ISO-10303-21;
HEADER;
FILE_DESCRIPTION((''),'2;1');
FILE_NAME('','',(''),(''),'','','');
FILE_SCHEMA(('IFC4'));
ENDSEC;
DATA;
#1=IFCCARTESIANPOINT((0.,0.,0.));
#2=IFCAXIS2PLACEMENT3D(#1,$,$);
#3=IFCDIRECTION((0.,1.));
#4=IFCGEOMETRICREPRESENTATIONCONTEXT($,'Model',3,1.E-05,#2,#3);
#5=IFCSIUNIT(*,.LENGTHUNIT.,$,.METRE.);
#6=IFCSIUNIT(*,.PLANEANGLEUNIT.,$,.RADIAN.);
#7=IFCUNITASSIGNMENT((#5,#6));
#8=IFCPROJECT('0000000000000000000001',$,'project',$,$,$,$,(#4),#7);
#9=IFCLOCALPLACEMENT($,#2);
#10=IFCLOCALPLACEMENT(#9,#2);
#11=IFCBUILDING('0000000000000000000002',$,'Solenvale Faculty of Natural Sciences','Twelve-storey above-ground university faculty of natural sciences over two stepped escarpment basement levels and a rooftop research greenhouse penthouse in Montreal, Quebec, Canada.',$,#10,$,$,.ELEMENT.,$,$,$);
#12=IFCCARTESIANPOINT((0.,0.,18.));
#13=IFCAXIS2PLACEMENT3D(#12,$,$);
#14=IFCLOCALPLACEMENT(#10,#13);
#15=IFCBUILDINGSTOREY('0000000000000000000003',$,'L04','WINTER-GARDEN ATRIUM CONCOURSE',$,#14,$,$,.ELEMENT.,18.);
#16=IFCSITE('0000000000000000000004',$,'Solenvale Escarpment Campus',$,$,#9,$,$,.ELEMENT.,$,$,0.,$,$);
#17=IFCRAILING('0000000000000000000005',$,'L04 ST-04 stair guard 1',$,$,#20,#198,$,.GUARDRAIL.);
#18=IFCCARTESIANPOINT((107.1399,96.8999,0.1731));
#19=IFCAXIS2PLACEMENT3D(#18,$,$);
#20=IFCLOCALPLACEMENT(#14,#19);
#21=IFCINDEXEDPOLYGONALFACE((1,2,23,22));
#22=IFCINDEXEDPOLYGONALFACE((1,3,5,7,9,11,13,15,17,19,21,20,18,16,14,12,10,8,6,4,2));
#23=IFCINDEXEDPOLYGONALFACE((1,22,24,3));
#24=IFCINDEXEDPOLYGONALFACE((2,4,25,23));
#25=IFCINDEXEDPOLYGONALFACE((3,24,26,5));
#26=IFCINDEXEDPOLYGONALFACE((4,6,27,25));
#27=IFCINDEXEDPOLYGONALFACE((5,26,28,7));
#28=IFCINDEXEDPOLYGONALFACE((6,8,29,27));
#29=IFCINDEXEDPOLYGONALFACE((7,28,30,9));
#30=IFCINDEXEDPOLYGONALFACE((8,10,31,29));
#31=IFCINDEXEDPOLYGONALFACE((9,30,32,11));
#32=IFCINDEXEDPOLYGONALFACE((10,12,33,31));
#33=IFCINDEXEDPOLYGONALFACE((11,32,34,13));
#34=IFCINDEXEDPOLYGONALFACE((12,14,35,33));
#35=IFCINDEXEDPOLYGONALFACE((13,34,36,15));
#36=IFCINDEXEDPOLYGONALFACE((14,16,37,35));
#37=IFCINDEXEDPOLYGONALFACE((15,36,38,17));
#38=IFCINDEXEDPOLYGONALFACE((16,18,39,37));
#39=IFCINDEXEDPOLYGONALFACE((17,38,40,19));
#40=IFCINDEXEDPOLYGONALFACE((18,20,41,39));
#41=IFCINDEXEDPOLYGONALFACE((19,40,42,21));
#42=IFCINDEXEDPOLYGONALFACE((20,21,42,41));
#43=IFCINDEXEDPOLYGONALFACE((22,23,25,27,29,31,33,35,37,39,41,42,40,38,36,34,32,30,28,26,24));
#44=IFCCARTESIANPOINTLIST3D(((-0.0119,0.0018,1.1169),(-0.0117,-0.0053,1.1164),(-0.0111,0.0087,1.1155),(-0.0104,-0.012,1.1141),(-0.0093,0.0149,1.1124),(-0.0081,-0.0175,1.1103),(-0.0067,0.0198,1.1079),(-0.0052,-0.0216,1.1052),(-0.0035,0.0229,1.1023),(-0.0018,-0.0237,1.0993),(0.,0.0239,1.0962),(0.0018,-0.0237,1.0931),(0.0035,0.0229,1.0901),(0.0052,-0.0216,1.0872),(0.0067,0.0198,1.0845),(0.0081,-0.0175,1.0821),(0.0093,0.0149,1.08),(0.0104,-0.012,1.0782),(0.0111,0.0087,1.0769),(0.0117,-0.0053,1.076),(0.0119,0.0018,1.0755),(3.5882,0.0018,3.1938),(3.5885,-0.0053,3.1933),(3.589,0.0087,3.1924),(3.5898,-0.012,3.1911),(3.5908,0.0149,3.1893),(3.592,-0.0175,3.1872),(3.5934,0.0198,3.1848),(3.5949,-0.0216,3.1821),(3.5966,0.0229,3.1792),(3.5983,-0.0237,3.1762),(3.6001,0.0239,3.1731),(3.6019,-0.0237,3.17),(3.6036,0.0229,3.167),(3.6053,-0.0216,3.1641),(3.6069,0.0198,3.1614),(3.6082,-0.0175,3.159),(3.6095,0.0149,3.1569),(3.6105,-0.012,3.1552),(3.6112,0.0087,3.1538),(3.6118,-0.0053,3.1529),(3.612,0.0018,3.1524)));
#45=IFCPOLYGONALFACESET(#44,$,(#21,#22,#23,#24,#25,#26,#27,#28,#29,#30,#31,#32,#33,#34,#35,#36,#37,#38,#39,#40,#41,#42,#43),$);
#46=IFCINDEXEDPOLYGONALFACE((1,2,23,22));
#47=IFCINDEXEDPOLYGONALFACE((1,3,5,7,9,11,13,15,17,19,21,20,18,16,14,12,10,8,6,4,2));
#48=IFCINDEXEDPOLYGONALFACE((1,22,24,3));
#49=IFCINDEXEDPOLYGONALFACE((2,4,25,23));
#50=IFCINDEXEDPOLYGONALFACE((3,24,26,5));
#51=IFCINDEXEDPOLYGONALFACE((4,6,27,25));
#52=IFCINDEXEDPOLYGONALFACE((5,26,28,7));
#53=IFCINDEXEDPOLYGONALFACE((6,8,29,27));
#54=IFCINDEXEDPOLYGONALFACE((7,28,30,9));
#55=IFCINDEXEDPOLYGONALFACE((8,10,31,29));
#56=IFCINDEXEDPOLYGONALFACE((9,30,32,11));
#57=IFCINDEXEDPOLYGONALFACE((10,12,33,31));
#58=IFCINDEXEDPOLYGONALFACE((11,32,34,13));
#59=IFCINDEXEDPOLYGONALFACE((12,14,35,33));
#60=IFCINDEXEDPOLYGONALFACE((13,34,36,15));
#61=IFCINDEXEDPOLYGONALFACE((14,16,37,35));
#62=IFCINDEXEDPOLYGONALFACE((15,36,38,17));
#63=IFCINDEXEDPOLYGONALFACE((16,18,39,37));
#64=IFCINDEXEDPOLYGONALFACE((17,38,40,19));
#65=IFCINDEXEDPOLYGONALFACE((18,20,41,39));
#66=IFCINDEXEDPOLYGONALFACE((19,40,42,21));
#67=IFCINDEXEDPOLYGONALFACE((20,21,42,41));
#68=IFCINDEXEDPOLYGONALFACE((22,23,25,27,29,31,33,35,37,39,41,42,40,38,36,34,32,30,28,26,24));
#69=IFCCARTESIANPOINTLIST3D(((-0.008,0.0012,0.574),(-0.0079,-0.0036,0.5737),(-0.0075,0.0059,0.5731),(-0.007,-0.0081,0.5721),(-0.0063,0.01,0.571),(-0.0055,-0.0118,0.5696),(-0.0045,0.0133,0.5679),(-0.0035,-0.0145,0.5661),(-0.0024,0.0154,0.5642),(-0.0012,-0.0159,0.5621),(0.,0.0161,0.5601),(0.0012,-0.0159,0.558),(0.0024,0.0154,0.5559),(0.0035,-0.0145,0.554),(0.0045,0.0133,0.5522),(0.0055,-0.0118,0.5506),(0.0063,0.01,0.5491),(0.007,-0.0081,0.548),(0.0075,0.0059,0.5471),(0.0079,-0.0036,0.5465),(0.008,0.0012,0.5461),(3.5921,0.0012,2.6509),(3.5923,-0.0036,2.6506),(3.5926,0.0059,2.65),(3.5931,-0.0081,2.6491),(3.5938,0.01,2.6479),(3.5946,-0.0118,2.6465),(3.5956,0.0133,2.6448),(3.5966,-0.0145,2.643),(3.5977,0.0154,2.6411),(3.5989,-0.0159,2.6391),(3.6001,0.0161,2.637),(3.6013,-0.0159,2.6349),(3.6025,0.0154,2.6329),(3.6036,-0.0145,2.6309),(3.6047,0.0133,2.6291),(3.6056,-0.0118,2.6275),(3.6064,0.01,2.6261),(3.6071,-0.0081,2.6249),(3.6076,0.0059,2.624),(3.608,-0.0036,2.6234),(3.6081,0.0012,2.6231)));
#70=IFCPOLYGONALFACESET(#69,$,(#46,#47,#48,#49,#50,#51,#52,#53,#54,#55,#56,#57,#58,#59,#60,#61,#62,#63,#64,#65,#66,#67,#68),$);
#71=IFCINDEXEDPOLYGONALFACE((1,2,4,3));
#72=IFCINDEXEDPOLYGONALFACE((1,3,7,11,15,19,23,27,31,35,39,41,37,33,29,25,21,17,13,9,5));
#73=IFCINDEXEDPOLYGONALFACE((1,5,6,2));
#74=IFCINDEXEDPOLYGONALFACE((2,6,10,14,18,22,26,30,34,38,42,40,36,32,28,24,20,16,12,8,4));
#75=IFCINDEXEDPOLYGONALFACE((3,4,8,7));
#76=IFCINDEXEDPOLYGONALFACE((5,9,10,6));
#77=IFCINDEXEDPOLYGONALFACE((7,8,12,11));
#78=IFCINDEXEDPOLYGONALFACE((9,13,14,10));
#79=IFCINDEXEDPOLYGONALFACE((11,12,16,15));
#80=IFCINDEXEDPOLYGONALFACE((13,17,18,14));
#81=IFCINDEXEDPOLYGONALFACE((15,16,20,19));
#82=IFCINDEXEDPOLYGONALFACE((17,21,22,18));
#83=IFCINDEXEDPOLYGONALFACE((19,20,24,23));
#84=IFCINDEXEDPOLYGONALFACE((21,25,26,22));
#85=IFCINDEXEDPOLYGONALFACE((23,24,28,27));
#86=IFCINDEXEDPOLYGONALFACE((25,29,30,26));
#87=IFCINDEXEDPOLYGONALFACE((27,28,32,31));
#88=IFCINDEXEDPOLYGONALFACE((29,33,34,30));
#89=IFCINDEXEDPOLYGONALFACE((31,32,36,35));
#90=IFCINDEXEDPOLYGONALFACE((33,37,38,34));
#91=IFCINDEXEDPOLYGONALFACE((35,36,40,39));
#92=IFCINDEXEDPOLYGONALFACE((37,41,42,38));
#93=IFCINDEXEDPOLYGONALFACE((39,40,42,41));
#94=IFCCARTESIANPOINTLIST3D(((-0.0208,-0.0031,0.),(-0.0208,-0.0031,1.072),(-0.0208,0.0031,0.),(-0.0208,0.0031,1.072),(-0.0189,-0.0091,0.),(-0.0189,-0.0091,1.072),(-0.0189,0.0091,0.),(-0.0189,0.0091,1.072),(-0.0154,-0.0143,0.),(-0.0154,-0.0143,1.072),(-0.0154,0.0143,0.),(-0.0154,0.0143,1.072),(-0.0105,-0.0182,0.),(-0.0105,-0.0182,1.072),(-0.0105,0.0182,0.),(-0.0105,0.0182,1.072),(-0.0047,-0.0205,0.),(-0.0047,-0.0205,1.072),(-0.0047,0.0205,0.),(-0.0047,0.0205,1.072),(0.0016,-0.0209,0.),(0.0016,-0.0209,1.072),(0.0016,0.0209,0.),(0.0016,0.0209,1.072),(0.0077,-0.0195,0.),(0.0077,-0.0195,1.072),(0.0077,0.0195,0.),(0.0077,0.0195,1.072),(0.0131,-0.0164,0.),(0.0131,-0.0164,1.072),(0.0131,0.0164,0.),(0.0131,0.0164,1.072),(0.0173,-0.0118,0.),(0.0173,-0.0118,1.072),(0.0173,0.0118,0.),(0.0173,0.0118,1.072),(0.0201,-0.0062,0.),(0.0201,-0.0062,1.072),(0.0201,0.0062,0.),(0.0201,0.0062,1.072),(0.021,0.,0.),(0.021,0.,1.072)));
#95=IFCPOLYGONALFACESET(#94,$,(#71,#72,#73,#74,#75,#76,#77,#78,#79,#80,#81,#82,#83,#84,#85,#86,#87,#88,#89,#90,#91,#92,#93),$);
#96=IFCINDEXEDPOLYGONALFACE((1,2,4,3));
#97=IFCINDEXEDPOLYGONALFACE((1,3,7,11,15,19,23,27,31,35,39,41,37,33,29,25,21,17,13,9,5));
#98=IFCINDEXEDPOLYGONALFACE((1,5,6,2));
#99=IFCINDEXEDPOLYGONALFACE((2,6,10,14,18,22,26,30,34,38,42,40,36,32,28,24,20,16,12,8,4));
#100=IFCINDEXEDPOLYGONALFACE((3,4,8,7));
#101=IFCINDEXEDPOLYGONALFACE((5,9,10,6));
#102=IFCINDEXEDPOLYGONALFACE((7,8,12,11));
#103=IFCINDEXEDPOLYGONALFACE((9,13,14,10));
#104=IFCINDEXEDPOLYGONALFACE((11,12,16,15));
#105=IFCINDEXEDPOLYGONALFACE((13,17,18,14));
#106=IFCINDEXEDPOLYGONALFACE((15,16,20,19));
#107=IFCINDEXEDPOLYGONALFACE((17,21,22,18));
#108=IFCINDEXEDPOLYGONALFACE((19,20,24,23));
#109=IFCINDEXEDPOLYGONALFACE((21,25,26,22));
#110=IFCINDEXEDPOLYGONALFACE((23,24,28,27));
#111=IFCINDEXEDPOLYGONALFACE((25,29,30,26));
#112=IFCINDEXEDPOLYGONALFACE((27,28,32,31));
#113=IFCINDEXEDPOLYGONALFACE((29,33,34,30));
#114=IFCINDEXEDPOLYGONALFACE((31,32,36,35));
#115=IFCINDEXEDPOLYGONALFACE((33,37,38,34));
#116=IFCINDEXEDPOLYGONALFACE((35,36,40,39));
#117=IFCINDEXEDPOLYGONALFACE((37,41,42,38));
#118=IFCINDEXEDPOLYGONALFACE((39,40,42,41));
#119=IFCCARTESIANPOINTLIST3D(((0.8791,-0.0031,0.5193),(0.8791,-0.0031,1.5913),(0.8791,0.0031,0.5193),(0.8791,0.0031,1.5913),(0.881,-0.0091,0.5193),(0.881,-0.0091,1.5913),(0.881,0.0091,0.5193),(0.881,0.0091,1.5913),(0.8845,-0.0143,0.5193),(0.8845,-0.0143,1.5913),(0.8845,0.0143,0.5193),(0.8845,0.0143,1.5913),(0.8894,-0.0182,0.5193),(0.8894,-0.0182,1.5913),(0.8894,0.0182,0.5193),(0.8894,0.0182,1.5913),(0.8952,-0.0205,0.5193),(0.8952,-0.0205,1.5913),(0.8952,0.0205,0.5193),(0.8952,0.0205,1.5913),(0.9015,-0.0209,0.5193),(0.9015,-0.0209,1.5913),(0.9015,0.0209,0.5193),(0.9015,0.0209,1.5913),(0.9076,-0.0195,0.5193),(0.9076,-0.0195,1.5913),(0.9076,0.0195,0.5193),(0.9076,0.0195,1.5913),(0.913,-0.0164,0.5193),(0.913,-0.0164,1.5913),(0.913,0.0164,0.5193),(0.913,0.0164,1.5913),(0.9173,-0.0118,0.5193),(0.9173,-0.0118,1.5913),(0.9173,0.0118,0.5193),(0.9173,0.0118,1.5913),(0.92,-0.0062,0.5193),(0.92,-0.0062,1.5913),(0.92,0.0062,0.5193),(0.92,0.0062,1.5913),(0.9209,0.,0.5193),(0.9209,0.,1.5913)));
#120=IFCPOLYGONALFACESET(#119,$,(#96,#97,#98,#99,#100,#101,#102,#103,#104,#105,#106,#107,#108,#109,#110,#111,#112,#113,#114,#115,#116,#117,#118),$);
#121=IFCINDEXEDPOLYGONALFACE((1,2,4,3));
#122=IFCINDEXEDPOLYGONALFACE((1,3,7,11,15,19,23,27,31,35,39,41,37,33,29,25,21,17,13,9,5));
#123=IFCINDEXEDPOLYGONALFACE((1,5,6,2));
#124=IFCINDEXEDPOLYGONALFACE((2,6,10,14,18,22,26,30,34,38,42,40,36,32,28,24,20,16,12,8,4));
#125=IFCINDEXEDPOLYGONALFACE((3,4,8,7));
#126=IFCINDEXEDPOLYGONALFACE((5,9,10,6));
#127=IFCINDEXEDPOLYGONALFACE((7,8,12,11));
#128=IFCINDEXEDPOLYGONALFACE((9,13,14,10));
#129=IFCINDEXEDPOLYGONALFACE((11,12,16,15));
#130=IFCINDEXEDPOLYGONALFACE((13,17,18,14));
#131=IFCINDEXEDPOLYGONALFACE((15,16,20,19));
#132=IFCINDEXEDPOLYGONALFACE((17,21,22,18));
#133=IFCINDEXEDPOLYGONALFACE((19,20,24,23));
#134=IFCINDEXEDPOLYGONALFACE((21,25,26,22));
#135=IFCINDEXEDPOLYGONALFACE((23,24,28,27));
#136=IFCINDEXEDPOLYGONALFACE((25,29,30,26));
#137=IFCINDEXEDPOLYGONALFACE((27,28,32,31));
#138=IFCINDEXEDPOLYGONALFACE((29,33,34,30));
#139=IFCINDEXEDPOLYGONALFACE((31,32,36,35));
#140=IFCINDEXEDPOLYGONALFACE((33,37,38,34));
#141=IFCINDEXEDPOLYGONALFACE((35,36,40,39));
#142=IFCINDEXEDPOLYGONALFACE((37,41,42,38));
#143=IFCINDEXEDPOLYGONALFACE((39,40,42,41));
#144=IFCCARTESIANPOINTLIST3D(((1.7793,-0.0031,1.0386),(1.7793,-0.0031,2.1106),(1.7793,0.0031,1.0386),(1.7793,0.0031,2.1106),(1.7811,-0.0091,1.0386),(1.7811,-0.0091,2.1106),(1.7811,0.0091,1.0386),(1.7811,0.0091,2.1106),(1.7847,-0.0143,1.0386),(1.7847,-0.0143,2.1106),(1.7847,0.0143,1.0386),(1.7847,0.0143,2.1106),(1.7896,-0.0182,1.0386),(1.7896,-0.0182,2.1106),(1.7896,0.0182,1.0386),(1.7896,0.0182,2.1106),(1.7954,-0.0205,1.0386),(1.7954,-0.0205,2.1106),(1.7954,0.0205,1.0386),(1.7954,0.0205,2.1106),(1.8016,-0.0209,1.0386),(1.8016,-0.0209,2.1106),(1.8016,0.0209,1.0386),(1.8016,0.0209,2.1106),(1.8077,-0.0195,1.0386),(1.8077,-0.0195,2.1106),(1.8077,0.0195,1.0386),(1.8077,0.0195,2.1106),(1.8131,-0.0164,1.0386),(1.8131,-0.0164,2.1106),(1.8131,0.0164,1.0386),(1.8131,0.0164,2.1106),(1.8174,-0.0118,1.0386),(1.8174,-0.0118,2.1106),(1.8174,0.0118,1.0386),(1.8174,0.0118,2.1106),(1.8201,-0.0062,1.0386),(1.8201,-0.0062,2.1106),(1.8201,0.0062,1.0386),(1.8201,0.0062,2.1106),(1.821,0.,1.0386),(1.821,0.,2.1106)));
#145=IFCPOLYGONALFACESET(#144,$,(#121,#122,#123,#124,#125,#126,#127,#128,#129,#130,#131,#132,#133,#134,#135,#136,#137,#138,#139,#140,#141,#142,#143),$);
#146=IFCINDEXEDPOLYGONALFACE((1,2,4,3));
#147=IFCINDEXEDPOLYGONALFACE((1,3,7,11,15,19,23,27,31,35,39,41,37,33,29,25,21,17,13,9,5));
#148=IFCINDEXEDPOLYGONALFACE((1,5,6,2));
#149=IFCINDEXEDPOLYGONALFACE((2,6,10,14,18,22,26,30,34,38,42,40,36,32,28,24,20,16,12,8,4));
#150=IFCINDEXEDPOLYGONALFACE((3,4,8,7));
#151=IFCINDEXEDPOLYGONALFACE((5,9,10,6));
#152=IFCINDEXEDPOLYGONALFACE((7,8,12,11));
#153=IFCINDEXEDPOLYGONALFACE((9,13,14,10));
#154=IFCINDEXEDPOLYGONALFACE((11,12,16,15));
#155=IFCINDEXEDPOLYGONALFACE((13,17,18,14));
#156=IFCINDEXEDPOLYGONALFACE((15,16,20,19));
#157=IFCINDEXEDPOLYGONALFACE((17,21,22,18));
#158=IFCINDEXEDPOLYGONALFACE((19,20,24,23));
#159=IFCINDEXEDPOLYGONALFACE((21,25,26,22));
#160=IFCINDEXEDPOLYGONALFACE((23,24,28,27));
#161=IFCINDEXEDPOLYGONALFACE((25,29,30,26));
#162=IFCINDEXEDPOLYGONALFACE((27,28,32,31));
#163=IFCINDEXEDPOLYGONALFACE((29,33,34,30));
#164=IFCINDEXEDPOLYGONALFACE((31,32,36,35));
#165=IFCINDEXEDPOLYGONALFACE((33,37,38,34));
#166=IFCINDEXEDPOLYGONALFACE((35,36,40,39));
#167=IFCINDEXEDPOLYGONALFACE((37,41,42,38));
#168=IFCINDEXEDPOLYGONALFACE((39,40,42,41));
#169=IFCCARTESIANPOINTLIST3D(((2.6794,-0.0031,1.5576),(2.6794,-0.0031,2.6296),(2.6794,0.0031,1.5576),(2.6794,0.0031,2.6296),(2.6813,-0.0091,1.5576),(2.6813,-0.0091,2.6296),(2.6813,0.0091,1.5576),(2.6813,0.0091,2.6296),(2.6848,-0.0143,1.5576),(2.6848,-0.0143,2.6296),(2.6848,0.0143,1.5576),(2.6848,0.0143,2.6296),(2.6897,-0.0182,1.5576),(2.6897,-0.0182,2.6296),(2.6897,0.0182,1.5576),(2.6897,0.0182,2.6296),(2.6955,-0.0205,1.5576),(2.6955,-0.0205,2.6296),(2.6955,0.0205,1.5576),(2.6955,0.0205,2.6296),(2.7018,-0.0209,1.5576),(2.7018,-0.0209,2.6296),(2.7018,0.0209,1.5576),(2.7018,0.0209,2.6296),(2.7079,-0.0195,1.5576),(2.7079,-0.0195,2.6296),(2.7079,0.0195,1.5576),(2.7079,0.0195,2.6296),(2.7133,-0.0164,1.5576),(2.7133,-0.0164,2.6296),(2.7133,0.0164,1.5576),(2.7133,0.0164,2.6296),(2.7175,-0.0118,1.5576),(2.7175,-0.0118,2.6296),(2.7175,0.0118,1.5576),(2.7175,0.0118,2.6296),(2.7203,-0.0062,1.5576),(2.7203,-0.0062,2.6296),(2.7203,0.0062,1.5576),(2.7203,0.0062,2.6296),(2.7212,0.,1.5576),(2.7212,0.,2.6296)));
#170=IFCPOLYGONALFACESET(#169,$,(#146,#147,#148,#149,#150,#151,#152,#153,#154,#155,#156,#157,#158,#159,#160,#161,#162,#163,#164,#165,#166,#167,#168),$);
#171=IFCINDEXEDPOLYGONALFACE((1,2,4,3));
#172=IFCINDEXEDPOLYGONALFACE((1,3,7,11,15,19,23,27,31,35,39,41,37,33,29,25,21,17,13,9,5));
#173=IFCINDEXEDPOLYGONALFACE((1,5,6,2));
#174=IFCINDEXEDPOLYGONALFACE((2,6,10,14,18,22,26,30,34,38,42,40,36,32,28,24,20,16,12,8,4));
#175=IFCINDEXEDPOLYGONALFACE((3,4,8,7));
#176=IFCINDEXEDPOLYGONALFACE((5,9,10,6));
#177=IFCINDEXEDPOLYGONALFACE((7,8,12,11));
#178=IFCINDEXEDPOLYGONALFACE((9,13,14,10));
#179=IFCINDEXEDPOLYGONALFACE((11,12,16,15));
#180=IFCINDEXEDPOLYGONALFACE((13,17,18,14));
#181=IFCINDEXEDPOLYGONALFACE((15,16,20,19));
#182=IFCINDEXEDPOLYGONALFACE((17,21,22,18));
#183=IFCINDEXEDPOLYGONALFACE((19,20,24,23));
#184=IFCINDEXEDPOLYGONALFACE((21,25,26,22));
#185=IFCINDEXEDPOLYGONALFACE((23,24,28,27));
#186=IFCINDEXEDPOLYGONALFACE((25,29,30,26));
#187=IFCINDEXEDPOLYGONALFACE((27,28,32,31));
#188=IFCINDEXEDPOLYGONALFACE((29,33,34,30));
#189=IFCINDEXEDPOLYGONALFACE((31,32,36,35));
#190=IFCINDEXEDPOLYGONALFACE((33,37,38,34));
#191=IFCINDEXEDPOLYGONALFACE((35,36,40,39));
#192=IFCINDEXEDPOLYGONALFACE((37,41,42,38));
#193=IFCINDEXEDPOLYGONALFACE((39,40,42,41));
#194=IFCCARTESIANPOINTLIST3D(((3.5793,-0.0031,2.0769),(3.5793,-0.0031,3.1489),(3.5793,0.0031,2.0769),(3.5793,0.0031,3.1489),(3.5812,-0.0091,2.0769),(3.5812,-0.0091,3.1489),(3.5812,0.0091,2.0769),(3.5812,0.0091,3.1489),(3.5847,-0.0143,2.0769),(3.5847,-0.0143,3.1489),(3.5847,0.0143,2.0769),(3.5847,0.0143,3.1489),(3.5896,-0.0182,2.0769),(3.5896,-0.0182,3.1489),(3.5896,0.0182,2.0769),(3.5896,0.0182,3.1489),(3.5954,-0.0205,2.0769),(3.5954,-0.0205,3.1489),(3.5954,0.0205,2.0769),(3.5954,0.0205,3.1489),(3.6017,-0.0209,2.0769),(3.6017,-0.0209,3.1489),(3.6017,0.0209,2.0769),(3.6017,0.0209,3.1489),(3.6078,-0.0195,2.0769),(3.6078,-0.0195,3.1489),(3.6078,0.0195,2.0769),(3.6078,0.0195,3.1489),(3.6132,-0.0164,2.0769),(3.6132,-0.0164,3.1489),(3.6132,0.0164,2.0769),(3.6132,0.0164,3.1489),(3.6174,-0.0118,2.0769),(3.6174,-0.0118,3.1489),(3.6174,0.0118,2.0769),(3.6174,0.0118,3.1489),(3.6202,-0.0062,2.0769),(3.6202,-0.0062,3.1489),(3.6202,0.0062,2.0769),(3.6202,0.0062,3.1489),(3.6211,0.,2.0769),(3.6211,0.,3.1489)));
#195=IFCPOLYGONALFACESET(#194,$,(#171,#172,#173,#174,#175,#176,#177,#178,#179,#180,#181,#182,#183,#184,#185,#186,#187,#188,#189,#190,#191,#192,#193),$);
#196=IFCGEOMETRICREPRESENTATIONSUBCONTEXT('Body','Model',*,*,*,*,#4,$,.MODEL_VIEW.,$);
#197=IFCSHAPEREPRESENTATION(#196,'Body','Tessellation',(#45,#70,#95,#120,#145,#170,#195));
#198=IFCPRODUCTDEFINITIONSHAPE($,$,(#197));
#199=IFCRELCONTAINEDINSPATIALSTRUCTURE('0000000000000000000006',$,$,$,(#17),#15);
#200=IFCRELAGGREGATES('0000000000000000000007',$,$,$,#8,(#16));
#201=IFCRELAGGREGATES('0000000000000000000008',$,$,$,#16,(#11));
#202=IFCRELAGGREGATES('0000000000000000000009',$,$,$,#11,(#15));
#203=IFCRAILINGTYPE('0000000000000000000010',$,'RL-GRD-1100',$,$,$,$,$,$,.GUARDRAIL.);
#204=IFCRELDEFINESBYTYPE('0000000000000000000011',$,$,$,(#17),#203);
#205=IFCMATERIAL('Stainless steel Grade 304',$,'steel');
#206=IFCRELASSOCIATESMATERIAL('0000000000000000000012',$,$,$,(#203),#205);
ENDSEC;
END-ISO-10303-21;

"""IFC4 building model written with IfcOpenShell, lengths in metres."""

from ifc_helpers import new_model, si_unit, direction, frame, origin, origin_2d, place, context, subcontext, project, spatial, circle, extrude, material, type_object, element, save


model = new_model("IFC4")

# Units and contexts
model_context = context("Model", 3, precision=1e-05, world=origin(), true_north=direction((0.0, 1.0)))
body_context = subcontext(model_context, "Body", "Model", "MODEL_VIEW")
ifc_project = project(units=[si_unit("LENGTHUNIT", "METRE"), si_unit("PLANEANGLEUNIT", "RADIAN")], contexts=[model_context])

# Site, building, storey
site_placement = place(None, origin())
site = spatial("IfcSite", under=ifc_project, at=site_placement, Name="Solenvale Escarpment Campus", CompositionType="ELEMENT", RefElevation=0.0)
building_placement = place(site_placement, origin())
building = spatial("IfcBuilding", under=site, at=building_placement, Name="Solenvale Faculty of Natural Sciences", Description="Twelve-storey above-ground university faculty of natural sciences over two stepped escarpment basement levels and a rooftop research greenhouse penthouse in Montreal, Quebec, Canada.", CompositionType="ELEMENT")
storey_placement = place(building_placement, frame((0.0, 0.0, 18.0)))
storey = spatial("IfcBuildingStorey", under=building, at=storey_placement, Name="L04", Description="WINTER-GARDEN ATRIUM CONCOURSE", CompositionType="ELEMENT", Elevation=18.0)

# Railing
ifc_material_1 = material(Name="Stainless steel Grade 304", Category="steel")
railing_type_1 = type_object("IfcRailingType", Name="RL-GRD-1100", PredefinedType="GUARDRAIL", material=ifc_material_1)
railing_1_placement = place(storey_placement, frame((107.1399, 96.8999, 0.1731)))
element("IfcRailing", 1, at=railing_1_placement, inside=storey, type_object=railing_type_1, Name="L04 ST-04 stair guard 1", PredefinedType="GUARDRAIL", context=body_context, shape_type="SweptSolid", body=[
    extrude(circle(Radius=0.0239, at=origin_2d()), frame((0.0, 0.0, 1.0962), z_axis=(0.866193, 0.0, 0.499709), x_axis=(0.0, 1.0, 0.0)), (0.0, 0.0, 1.0), 4.1562),
    extrude(circle(Radius=0.0161, at=origin_2d()), frame((0.0, 0.0, 0.5601), z_axis=(0.866193, 0.0, 0.499709), x_axis=(0.0, 1.0, 0.0)), (0.0, 0.0, 1.0), 4.1562),
    extrude(circle(Radius=0.021, at=origin_2d()), origin(), (0.0, 0.0, 1.0), 1.072),
    extrude(circle(Radius=0.021, at=origin_2d()), frame((0.8999, 0.0, 0.5193)), (0.0, 0.0, 1.0), 1.072),
    extrude(circle(Radius=0.021, at=origin_2d()), frame((1.8, 0.0, 1.0386)), (0.0, 0.0, 1.0), 1.072),
    extrude(circle(Radius=0.021, at=origin_2d()), frame((2.7002, 0.0, 1.5576)), (0.0, 0.0, 1.0), 1.072),
    extrude(circle(Radius=0.021, at=origin_2d()), frame((3.6001, 0.0, 2.0769)), (0.0, 0.0, 1.0), 1.072),
])

save(model, "model.ifc")
